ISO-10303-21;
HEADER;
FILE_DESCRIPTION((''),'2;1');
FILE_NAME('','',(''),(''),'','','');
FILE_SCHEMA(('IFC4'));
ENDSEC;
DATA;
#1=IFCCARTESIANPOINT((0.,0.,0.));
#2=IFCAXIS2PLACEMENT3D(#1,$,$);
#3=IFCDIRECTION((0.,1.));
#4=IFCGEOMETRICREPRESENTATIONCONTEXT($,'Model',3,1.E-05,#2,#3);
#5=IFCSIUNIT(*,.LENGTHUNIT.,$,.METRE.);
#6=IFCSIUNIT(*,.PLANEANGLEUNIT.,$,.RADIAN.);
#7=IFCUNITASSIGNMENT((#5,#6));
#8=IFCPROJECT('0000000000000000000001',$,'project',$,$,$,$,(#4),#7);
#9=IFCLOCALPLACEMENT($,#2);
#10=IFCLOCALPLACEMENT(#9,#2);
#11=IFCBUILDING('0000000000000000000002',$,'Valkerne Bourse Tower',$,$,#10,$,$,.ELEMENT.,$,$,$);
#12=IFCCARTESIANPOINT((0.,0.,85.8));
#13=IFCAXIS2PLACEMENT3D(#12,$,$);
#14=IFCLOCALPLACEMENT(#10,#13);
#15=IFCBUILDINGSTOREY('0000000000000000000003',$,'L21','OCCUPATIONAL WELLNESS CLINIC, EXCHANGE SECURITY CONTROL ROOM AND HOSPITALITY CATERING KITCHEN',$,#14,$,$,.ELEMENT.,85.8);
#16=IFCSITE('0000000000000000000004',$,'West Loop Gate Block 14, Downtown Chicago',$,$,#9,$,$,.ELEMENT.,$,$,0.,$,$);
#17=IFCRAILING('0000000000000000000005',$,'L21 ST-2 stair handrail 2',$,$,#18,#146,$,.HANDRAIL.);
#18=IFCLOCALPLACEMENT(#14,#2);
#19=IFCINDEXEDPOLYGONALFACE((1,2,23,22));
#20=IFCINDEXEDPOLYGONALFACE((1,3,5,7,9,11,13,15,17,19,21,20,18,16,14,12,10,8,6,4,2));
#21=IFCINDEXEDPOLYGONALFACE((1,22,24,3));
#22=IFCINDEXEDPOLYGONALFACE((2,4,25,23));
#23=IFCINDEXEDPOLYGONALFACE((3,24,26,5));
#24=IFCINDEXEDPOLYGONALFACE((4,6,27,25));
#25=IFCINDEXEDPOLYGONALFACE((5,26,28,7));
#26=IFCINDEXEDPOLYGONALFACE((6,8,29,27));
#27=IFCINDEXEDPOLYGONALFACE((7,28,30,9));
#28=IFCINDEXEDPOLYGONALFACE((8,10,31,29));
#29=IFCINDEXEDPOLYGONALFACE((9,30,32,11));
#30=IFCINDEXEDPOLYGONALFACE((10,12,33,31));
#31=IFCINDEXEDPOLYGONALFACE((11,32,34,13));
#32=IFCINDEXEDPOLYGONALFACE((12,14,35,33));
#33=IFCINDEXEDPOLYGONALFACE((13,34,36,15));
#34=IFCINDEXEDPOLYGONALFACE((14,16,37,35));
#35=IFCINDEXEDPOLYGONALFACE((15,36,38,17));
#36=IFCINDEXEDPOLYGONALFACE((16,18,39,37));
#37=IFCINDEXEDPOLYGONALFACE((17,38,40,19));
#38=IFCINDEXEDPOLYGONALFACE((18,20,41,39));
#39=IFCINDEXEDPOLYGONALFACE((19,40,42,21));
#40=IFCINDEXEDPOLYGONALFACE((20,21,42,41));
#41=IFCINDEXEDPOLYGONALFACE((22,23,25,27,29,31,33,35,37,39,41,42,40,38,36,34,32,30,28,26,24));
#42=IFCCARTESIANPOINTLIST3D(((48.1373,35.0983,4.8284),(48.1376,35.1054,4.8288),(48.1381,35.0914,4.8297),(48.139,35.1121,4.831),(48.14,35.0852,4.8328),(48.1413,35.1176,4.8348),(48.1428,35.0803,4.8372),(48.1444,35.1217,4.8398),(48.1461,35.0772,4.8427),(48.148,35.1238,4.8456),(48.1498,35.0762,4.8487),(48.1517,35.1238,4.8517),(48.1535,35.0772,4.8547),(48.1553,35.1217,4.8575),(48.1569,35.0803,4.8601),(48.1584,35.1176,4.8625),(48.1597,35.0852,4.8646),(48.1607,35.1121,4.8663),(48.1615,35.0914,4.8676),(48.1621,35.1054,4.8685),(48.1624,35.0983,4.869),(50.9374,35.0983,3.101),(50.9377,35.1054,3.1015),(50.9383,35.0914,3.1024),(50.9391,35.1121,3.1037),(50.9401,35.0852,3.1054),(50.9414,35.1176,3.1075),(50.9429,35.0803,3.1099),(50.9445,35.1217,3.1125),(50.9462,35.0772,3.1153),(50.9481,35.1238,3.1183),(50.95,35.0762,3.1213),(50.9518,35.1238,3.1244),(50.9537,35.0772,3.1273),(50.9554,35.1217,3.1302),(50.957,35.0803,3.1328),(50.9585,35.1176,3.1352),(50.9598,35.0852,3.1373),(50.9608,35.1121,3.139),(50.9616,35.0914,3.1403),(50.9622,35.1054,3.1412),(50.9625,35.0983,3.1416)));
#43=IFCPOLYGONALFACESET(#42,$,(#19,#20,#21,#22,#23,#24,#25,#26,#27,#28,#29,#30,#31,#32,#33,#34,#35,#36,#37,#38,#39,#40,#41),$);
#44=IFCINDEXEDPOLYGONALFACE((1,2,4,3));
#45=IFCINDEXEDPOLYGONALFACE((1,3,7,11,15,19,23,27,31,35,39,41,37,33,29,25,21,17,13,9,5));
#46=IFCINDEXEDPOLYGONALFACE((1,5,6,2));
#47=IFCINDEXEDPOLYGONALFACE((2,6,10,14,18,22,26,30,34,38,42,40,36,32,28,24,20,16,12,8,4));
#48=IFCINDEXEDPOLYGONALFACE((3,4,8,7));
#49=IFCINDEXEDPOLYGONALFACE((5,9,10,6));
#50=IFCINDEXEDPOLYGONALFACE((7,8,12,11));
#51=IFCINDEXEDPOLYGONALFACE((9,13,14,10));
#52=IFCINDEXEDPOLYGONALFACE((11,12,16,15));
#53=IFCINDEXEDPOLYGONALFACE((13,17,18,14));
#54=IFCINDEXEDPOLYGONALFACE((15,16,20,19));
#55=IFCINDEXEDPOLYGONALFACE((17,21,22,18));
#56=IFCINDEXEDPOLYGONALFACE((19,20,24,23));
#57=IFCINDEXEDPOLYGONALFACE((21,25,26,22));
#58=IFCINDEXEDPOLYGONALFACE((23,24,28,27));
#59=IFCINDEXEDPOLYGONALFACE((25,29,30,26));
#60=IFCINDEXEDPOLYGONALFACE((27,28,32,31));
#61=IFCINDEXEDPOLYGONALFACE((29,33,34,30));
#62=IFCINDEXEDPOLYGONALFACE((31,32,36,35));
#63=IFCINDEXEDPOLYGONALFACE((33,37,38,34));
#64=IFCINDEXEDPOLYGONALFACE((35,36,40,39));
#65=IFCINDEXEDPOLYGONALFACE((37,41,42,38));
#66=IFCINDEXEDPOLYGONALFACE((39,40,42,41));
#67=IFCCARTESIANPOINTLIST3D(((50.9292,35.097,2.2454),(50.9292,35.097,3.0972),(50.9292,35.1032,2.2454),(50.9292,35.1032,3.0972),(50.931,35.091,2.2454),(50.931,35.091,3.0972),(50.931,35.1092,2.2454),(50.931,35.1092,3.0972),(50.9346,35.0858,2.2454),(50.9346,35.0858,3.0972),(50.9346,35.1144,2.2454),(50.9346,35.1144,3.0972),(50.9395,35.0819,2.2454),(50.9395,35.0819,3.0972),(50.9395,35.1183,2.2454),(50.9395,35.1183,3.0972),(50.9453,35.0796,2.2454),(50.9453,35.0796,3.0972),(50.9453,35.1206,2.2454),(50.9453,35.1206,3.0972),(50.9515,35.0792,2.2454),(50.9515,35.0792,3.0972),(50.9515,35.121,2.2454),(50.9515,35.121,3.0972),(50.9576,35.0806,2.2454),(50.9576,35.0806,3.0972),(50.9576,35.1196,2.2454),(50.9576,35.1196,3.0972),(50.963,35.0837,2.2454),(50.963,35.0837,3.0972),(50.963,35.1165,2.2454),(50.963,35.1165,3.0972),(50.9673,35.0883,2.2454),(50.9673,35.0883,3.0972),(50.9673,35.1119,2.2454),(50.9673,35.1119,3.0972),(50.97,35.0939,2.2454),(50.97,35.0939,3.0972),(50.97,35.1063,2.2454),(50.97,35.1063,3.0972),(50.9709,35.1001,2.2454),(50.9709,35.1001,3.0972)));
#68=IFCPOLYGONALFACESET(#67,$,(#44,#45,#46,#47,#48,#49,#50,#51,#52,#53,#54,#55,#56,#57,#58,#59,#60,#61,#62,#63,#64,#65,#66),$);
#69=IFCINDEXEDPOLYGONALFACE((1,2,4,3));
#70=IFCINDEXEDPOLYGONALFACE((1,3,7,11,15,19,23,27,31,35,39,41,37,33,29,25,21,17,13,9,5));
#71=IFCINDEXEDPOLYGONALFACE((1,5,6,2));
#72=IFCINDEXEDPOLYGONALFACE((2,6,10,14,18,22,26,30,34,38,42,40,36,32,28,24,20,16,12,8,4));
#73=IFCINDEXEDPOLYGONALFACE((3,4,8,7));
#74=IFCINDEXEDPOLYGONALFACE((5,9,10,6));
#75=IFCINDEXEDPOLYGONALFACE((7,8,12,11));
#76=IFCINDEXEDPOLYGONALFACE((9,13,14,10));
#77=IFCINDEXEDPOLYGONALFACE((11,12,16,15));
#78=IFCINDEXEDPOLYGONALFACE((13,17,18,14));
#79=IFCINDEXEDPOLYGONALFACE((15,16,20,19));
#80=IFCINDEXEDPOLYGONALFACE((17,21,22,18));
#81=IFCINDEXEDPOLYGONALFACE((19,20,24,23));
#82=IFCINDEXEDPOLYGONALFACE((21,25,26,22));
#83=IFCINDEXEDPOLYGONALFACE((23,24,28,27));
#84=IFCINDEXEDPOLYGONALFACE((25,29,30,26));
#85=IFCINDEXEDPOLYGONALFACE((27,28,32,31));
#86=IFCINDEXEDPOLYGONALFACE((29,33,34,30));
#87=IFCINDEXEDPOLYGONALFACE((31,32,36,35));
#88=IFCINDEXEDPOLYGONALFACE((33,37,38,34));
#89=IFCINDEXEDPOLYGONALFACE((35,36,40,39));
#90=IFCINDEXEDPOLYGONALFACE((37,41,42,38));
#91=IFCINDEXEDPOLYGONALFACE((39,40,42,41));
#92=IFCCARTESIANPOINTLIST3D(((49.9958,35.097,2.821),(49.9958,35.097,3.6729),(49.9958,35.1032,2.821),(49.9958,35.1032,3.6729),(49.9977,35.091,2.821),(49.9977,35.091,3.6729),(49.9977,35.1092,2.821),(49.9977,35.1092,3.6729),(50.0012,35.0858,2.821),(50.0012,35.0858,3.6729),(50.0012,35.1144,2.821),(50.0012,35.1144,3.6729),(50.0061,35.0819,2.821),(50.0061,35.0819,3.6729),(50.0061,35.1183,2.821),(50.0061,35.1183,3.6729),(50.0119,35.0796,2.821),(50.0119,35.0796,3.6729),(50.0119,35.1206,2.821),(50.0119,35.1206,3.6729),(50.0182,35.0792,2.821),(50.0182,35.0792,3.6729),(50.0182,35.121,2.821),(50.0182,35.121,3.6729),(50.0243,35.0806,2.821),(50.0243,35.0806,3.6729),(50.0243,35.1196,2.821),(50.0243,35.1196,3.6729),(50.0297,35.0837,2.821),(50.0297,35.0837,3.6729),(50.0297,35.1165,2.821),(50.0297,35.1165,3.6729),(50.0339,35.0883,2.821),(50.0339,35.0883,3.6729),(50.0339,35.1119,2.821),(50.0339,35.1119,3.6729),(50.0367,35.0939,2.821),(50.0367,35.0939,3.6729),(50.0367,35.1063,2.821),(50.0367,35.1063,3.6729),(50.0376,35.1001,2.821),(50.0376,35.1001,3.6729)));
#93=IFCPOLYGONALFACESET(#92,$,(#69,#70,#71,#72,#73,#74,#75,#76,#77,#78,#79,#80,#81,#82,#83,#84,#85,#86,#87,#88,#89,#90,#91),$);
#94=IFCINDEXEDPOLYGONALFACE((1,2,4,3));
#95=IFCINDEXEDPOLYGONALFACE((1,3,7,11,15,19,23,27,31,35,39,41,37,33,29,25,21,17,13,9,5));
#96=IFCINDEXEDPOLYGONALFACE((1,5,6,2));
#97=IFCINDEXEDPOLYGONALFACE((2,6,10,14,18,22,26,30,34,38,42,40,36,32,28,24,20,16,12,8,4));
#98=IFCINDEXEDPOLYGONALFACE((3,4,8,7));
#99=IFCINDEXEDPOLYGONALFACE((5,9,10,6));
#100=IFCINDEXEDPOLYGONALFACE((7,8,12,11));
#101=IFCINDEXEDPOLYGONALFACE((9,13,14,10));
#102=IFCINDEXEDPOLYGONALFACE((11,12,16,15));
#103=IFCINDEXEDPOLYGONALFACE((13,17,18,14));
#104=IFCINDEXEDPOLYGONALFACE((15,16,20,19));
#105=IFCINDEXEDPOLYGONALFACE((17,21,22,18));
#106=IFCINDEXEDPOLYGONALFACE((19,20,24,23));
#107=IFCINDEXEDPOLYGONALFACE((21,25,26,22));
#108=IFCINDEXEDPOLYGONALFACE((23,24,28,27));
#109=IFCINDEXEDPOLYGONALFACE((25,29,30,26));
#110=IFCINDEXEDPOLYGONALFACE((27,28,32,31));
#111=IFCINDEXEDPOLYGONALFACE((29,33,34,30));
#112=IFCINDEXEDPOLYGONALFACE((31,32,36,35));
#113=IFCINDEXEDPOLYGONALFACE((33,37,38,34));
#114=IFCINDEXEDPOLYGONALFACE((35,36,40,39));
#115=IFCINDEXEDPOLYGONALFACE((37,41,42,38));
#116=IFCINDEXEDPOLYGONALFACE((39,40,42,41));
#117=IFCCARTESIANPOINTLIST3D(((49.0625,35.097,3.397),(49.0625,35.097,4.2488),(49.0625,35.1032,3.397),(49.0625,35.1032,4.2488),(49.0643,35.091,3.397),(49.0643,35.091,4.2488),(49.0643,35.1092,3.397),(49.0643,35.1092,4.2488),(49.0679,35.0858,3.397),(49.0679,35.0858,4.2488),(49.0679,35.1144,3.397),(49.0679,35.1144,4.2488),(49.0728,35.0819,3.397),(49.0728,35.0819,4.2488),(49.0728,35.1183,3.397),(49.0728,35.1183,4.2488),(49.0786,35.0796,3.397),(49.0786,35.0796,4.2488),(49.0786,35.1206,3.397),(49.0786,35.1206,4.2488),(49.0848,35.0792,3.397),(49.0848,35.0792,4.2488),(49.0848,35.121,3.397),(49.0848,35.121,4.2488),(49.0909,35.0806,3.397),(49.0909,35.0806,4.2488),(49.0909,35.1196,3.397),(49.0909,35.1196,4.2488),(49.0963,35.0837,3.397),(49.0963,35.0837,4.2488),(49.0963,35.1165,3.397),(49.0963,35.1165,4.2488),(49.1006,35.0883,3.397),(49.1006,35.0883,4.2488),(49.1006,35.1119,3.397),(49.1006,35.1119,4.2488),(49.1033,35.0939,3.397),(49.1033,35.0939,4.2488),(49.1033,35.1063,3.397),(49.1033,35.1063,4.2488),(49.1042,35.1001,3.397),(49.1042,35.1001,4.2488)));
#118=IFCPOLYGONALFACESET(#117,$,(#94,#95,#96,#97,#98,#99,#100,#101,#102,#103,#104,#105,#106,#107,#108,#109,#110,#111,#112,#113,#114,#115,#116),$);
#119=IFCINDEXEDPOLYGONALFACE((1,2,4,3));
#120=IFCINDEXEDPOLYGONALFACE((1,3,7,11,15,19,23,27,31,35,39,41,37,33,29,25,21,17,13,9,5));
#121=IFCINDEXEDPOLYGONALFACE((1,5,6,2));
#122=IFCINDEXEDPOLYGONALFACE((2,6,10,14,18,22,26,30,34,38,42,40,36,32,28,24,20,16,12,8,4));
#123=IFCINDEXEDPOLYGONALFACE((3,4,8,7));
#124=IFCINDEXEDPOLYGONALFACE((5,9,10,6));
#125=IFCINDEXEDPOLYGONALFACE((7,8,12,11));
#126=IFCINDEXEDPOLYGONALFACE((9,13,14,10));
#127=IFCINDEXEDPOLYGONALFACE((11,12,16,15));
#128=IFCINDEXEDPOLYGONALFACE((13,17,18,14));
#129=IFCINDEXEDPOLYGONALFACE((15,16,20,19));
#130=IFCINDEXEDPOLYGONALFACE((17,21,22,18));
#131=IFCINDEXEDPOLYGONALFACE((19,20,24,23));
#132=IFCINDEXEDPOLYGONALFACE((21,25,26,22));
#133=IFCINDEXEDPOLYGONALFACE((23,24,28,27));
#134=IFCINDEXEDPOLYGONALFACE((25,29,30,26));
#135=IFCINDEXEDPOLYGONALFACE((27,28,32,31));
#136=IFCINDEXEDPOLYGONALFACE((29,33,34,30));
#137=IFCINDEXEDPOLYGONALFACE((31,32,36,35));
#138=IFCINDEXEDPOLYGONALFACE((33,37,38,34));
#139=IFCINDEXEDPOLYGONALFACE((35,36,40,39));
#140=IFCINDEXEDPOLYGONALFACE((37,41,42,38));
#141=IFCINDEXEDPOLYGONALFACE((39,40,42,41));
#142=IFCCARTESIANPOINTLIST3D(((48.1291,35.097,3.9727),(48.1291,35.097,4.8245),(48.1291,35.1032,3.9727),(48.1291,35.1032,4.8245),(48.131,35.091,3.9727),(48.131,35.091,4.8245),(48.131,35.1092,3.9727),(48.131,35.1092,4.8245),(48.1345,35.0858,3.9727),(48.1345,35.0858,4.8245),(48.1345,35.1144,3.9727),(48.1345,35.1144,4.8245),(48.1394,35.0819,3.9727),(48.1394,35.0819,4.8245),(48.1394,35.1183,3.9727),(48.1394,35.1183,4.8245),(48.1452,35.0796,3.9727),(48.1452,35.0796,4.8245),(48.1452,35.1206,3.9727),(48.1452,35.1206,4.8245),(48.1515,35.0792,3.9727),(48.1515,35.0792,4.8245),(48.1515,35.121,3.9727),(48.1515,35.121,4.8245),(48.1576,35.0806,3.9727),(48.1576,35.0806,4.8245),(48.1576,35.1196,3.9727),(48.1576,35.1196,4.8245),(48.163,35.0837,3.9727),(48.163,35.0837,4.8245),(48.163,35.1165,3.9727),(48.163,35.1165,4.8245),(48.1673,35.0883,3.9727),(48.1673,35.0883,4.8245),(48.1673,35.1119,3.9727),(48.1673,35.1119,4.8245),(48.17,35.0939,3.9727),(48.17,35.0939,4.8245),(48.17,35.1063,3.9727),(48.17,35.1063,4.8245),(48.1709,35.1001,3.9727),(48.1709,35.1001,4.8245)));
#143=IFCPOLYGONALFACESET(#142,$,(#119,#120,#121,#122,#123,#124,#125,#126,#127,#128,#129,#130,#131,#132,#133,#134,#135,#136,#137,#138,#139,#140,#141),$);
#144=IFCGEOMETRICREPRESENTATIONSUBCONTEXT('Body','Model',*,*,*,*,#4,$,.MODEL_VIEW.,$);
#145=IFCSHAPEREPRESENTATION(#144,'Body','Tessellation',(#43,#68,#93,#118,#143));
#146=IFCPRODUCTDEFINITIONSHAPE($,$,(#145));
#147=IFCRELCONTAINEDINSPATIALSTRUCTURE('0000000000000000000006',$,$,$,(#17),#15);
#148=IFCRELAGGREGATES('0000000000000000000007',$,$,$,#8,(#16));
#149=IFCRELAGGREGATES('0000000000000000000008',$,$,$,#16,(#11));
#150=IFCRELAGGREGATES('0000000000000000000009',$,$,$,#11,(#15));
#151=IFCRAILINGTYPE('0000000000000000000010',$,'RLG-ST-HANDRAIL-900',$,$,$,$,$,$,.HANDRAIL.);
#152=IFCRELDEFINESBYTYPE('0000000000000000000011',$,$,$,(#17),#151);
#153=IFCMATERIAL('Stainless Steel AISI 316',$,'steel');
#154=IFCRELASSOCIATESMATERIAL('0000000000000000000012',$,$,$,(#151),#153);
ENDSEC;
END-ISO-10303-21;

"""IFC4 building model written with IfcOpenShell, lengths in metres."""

from ifc_helpers import new_model, si_unit, direction, frame, origin, origin_2d, place, context, subcontext, project, spatial, circle, extrude, material, type_object, element, save


model = new_model("IFC4")

# Units and contexts
model_context = context("Model", 3, precision=1e-05, world=origin(), true_north=direction((0.0, 1.0)))
body_context = subcontext(model_context, "Body", "Model", "MODEL_VIEW")
ifc_project = project(units=[si_unit("LENGTHUNIT", "METRE"), si_unit("PLANEANGLEUNIT", "RADIAN")], contexts=[model_context])

# Site, building, storey
site_placement = place(None, origin())
site = spatial("IfcSite", under=ifc_project, at=site_placement, Name="West Loop Gate Block 14, Downtown Chicago", CompositionType="ELEMENT", RefElevation=0.0)
building_placement = place(site_placement, origin())
building = spatial("IfcBuilding", under=site, at=building_placement, Name="Valkerne Bourse Tower", CompositionType="ELEMENT")
storey_placement = place(building_placement, frame((0.0, 0.0, 85.8)))
storey = spatial("IfcBuildingStorey", under=building, at=storey_placement, Name="L21", Description="OCCUPATIONAL WELLNESS CLINIC, EXCHANGE SECURITY CONTROL ROOM AND HOSPITALITY CATERING KITCHEN", CompositionType="ELEMENT", Elevation=85.8)

# Railing
ifc_material_1 = material(Name="Stainless Steel AISI 316", Category="steel")
railing_type_1 = type_object("IfcRailingType", Name="RLG-ST-HANDRAIL-900", PredefinedType="HANDRAIL", material=ifc_material_1)
railing_1_placement = place(storey_placement, frame((50.95, 35.1001, 2.2454)))
element("IfcRailing", 1, at=railing_1_placement, inside=storey, type_object=railing_type_1, Name="L21 ST-2 stair handrail 2", PredefinedType="HANDRAIL", context=body_context, shape_type="SweptSolid", body=[
    extrude(circle(Radius=0.0239, at=origin_2d()), frame((0.0, 0.0, 0.876), z_axis=(-0.85109, 0.0, 0.52502), x_axis=(0.0, -1.0, 0.0)), (0.0, 0.0, 1.0), 3.29),
    extrude(circle(Radius=0.021, at=origin_2d()), origin(), (0.0, 0.0, 1.0), 0.8518),
    extrude(circle(Radius=0.021, at=origin_2d()), frame((-0.9333, 0.0, 0.5757)), (0.0, 0.0, 1.0), 0.8518),
    extrude(circle(Radius=0.021, at=origin_2d()), frame((-1.8667, 0.0, 1.1516)), (0.0, 0.0, 1.0), 0.8518),
    extrude(circle(Radius=0.021, at=origin_2d()), frame((-2.8, 0.0, 1.7273)), (0.0, 0.0, 1.0), 0.8518),
])

save(model, "model.ifc")
